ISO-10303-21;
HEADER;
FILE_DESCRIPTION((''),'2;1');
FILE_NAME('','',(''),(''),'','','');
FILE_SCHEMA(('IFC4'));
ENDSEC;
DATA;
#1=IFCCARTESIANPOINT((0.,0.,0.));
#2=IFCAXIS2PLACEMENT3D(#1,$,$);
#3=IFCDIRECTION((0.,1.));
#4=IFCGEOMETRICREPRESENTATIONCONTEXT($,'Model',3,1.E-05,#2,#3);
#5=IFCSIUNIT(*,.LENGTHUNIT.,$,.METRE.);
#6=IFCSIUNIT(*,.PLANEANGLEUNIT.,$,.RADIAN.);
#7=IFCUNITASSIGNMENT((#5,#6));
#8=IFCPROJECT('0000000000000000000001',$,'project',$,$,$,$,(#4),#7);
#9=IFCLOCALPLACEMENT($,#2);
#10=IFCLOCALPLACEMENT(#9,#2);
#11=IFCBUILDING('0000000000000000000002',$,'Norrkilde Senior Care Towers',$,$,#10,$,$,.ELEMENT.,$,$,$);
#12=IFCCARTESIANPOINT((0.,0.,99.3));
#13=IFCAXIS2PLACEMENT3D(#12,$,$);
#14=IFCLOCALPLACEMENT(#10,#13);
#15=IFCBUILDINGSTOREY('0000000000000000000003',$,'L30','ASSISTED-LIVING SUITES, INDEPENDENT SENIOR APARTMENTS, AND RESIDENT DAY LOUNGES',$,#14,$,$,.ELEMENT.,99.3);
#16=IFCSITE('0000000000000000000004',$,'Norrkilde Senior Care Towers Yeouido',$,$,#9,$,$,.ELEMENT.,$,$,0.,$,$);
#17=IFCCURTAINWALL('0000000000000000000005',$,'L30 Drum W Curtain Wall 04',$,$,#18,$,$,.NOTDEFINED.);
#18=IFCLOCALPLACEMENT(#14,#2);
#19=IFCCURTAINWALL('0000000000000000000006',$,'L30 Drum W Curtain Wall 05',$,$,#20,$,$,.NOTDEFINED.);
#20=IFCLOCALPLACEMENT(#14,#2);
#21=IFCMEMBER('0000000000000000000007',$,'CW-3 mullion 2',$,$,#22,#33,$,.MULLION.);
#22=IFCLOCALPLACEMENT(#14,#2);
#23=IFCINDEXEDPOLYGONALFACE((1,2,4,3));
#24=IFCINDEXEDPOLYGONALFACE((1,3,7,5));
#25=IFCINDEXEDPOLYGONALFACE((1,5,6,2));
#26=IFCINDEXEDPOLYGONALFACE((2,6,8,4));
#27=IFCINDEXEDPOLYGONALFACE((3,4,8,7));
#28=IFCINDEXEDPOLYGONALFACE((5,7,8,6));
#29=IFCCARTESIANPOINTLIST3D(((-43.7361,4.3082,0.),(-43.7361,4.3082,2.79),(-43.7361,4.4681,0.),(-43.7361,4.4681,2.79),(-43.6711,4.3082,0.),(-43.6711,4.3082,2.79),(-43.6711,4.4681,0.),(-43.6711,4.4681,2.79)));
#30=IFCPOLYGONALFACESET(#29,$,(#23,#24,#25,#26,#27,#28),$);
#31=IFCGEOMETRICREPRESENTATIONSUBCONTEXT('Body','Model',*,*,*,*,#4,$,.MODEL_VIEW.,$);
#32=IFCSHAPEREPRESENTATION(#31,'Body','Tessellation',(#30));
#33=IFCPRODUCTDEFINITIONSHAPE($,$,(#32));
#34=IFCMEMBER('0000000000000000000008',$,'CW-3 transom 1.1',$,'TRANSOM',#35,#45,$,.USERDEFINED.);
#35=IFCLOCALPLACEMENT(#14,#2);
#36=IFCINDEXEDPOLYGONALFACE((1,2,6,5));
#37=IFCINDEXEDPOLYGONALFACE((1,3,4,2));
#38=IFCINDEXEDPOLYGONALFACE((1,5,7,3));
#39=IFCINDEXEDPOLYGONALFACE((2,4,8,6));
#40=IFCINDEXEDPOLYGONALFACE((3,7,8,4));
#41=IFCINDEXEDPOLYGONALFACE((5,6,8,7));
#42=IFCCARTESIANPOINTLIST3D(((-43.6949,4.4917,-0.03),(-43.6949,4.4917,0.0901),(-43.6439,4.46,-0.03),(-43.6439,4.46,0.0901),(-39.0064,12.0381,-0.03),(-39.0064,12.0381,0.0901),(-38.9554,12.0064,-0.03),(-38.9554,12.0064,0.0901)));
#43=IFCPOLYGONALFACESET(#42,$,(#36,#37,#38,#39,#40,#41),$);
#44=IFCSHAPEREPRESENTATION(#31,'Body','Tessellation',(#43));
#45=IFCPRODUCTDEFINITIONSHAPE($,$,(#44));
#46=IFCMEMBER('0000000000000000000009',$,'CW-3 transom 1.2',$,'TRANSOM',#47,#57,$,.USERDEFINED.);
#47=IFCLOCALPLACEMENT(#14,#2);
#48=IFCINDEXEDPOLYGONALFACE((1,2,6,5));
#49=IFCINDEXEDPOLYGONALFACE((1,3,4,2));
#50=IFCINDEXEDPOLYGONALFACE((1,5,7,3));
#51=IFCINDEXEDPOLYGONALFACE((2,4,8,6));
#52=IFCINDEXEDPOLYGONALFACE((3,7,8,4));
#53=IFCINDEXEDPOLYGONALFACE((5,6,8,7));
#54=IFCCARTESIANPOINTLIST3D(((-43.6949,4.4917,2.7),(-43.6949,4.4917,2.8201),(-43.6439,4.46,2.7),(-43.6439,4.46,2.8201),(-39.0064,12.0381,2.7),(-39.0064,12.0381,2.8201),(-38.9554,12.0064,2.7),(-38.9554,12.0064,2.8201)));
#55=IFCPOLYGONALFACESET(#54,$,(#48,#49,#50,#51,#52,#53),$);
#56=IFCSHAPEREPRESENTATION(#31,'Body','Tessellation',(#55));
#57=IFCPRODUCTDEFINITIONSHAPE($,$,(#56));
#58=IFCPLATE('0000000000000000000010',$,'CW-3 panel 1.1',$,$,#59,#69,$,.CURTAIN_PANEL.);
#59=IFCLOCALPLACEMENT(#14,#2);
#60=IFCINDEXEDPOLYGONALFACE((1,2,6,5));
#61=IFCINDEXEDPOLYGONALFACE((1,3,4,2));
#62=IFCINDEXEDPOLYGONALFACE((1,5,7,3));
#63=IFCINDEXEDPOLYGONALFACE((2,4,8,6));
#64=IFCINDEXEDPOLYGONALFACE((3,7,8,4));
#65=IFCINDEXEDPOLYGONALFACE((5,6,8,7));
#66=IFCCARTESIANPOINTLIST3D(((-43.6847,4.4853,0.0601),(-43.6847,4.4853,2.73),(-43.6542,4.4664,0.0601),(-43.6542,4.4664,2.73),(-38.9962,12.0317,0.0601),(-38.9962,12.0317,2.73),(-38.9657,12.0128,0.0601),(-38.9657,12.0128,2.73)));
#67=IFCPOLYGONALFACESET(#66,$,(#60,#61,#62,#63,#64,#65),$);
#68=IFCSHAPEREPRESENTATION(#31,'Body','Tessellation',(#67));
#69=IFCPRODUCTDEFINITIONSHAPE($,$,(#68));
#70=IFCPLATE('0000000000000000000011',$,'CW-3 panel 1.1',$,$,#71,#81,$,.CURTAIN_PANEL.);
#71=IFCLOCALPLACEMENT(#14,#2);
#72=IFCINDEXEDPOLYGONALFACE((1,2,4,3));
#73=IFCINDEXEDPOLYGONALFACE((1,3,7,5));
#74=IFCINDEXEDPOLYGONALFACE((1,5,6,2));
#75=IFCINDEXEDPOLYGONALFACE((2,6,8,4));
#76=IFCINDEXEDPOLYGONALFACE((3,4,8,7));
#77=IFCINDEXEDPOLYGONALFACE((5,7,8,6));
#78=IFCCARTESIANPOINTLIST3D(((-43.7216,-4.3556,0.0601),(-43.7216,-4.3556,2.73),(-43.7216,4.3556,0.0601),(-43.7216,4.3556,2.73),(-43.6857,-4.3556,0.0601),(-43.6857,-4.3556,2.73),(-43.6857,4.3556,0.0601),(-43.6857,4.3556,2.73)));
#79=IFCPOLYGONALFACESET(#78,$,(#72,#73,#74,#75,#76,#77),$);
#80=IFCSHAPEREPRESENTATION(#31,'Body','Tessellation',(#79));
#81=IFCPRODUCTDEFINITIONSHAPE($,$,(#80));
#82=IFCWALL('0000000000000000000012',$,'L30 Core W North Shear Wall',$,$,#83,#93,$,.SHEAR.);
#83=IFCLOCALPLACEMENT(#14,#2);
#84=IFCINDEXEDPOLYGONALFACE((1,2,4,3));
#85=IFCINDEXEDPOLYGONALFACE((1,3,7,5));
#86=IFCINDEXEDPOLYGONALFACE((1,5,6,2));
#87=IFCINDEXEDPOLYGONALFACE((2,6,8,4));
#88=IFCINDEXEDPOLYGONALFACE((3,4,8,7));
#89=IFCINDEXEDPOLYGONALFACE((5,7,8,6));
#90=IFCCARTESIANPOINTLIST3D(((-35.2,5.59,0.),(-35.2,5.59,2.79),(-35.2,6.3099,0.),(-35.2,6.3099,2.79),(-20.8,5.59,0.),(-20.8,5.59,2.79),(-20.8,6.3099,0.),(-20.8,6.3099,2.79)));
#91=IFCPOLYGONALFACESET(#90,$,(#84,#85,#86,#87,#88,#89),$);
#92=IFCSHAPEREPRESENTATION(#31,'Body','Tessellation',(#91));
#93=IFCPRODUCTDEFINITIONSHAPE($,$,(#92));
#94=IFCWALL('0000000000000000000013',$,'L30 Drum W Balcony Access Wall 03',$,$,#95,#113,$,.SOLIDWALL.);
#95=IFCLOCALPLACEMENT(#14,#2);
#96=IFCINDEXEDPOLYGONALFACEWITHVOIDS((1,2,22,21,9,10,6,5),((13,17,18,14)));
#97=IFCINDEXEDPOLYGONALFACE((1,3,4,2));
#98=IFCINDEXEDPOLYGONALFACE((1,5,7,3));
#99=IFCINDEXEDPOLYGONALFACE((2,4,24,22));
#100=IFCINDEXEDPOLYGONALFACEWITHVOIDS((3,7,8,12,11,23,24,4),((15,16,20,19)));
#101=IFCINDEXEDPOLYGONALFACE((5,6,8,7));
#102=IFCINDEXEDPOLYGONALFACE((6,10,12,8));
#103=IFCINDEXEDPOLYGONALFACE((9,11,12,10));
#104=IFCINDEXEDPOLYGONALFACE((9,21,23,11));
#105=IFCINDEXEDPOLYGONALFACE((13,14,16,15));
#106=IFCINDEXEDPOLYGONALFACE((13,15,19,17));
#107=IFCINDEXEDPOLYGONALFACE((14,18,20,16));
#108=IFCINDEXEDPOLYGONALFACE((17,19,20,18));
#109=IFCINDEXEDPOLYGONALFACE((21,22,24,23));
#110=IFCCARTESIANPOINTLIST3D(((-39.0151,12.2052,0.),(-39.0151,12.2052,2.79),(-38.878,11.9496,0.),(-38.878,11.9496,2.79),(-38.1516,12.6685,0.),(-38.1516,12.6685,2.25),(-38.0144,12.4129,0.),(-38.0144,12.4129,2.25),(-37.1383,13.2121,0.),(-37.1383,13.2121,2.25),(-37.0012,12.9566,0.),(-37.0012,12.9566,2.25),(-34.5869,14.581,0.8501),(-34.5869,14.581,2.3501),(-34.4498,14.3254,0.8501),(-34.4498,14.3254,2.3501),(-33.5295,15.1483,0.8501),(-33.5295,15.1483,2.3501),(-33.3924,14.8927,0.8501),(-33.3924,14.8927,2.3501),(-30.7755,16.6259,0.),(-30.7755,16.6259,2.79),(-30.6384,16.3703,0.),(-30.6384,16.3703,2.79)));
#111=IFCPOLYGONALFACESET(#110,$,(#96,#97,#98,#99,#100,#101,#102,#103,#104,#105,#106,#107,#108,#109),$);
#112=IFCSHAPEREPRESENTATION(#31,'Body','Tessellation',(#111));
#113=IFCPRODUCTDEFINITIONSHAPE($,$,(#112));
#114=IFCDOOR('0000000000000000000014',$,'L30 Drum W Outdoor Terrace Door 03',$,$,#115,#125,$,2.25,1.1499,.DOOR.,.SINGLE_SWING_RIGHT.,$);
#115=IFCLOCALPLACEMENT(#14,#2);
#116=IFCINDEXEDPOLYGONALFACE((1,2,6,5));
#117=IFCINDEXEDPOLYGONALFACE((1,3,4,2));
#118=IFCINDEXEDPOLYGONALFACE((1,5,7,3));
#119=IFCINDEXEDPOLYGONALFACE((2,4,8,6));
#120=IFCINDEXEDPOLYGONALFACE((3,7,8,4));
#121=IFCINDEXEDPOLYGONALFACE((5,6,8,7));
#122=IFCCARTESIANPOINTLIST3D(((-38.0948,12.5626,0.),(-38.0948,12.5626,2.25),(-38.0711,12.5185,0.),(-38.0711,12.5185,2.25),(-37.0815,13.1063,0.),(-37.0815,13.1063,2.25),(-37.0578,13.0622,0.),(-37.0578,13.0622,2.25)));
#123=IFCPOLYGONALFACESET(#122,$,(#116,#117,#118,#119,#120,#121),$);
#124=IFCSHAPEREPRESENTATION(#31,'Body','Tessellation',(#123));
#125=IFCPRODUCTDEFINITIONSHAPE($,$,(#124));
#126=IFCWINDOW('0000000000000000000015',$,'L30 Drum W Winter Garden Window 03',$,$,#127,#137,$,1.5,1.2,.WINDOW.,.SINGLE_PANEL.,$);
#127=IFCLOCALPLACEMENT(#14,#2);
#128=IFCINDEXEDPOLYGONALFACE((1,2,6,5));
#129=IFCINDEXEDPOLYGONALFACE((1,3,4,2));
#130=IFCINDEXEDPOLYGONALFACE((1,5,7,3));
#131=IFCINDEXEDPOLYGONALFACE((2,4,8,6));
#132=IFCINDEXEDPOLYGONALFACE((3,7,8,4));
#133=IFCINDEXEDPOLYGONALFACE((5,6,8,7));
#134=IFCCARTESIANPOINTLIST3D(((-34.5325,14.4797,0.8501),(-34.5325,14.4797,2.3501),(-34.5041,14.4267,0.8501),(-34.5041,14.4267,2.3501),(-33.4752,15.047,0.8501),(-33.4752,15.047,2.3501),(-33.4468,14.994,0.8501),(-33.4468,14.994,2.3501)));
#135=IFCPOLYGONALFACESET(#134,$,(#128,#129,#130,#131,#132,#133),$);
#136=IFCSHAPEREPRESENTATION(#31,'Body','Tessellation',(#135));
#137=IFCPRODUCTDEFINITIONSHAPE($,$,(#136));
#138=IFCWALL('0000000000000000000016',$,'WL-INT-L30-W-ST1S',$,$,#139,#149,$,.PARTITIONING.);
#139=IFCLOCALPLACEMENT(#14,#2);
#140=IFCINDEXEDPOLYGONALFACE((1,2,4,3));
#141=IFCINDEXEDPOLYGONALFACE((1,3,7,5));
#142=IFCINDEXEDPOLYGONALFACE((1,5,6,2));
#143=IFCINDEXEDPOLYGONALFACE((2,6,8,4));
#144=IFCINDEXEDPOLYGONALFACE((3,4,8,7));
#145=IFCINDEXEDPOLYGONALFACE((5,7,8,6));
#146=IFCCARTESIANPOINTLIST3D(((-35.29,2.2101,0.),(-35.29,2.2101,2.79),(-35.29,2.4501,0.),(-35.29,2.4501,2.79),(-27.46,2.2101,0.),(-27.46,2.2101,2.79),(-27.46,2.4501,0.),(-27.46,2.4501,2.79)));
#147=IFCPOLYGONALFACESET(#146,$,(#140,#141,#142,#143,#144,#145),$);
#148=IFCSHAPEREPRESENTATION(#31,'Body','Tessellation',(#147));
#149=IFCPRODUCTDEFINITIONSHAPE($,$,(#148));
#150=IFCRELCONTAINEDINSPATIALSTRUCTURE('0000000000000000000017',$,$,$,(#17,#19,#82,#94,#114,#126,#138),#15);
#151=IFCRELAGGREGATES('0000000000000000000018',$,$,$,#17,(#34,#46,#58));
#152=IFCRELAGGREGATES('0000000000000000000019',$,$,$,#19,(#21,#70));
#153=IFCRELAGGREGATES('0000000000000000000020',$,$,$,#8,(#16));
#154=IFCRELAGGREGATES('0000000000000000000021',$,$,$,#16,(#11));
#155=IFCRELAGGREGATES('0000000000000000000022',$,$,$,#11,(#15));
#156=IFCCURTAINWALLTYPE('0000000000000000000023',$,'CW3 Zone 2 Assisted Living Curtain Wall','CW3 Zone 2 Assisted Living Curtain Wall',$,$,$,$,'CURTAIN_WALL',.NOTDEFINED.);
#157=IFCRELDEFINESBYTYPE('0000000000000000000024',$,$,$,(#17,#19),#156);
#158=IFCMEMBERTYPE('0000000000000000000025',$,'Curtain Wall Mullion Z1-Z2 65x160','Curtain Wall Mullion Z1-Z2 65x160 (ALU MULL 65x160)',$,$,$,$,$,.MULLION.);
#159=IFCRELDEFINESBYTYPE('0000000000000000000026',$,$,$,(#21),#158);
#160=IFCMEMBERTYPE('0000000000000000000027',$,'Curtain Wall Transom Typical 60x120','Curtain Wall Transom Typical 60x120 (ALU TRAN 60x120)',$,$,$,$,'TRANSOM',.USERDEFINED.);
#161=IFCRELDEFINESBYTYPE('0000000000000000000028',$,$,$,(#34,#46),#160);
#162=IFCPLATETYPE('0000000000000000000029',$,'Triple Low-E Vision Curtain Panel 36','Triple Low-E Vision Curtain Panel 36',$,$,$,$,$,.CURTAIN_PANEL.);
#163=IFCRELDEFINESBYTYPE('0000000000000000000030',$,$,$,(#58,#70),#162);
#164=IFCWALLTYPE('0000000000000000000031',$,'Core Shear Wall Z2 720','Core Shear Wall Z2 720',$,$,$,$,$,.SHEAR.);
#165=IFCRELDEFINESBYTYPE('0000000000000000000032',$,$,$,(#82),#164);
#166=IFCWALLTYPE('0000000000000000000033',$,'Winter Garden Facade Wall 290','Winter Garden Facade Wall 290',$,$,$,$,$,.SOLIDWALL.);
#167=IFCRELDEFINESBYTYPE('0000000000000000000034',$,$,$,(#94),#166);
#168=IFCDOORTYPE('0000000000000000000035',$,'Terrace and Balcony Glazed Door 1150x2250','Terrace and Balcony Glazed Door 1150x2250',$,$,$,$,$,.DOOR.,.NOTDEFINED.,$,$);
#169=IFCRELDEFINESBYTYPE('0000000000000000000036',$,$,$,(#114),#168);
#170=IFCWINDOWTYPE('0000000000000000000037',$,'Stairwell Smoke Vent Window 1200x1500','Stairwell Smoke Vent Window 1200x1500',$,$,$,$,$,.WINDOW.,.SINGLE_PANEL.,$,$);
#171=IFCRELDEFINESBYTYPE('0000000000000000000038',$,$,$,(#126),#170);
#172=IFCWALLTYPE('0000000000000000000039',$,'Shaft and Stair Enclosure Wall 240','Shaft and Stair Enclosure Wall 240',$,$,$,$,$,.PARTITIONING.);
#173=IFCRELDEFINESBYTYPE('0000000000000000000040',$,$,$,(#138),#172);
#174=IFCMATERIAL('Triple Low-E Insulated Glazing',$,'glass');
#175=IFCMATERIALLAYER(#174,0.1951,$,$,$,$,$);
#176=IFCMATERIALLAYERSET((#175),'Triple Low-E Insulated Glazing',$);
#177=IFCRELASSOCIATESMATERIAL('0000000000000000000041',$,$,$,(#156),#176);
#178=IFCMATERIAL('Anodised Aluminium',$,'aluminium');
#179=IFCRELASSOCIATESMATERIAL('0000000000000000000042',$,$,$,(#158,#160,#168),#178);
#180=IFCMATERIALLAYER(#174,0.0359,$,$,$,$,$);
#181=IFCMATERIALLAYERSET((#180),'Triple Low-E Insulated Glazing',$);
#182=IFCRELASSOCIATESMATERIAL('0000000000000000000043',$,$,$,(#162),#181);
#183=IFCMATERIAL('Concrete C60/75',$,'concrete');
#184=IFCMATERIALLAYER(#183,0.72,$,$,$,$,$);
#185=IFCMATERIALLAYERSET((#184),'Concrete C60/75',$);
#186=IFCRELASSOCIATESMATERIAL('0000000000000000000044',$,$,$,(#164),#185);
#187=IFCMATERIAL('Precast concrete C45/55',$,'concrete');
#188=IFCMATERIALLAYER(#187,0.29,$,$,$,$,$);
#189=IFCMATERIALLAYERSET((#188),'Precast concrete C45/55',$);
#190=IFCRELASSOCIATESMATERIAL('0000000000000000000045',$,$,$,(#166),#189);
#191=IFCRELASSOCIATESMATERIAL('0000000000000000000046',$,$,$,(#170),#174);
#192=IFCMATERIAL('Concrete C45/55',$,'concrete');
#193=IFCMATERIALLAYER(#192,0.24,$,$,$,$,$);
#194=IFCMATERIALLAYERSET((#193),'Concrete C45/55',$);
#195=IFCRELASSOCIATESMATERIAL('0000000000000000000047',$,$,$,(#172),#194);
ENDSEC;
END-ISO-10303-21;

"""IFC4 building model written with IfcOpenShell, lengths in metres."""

from ifc_helpers import new_model, si_unit, direction, frame, frame_2d, origin, origin_2d, place, context, subcontext, project, spatial, rectangle, extrude, source, transform, mapped, material, layer, layer_set, material_profile, profile_set, type_object, type_shapes, element, fill, aggregate, save


model = new_model("IFC4")

# Units and contexts
model_context = context("Model", 3, precision=1e-05, world=origin(), true_north=direction((0.0, 1.0)))
body_context = subcontext(model_context, "Body", "Model", "MODEL_VIEW")
ifc_project = project(units=[si_unit("LENGTHUNIT", "METRE"), si_unit("PLANEANGLEUNIT", "RADIAN")], contexts=[model_context])

# Site, building, storey
site_placement = place(None, origin())
site = spatial("IfcSite", under=ifc_project, at=site_placement, Name="Norrkilde Senior Care Towers Yeouido", CompositionType="ELEMENT", RefElevation=0.0)
building_placement = place(site_placement, origin())
building = spatial("IfcBuilding", under=site, at=building_placement, Name="Norrkilde Senior Care Towers", CompositionType="ELEMENT")
storey_placement = place(building_placement, frame((0.0, 0.0, 99.3)))
storey = spatial("IfcBuildingStorey", under=building, at=storey_placement, Name="L30", Description="ASSISTED-LIVING SUITES, INDEPENDENT SENIOR APARTMENTS, AND RESIDENT DAY LOUNGES", CompositionType="ELEMENT", Elevation=99.3)

# Shared definitions
ifc_material_1 = material(Name="Concrete C60/75", Category="concrete")

# Curtain wall
ifc_material_2 = material(Name="Triple Low-E Insulated Glazing", Category="glass")
ifc_layer_1 = layer(ifc_material_2, 0.1951)
ifc_layer_set_1 = layer_set([ifc_layer_1], Name="Triple Low-E Insulated Glazing")
curtain_wall_type = type_object("IfcCurtainWallType", Name="CW3 Zone 2 Assisted Living Curtain Wall", Description="CW3 Zone 2 Assisted Living Curtain Wall", ElementType="CURTAIN_WALL", PredefinedType="NOTDEFINED", material=ifc_layer_set_1)
curtain_wall_1_placement = place(storey_placement, origin())
curtain_wall_1 = element("IfcCurtainWall", 1, at=curtain_wall_1_placement, inside=storey, type_object=curtain_wall_type, Name="L30 Drum W Curtain Wall 04", PredefinedType="NOTDEFINED")
ifc_material_3 = material(Name="Anodised Aluminium", Category="aluminium")
ifc_material_profile_1 = material_profile(ifc_material_3, rectangle(XDim=0.0649, YDim=0.1599, at=origin_2d()), Name="ALU MULL 65x160")
ifc_profile_set_1 = profile_set([ifc_material_profile_1], Name="Anodised Aluminium")
member_type_1 = type_object("IfcMemberType", Name="Curtain Wall Mullion Z1-Z2 65x160", Description="Curtain Wall Mullion Z1-Z2 65x160 (ALU MULL 65x160)", PredefinedType="MULLION", material=ifc_profile_set_1)
shared_shape_1 = source(origin(), body_context, "Body", "SweptSolid", [
    extrude(rectangle(XDim=0.0649, YDim=0.1599, at=origin_2d()), origin(), (0.0, 0.0, 1.0), 2.79),
])
type_shapes(member_type_1, [shared_shape_1])

# Curtain wall, member
curtain_wall_2_placement = place(storey_placement, origin())
curtain_wall_2 = element("IfcCurtainWall", 2, at=curtain_wall_2_placement, inside=storey, type_object=curtain_wall_type, Name="L30 Drum W Curtain Wall 05", PredefinedType="NOTDEFINED")
member_1_placement = place(storey_placement, frame((-43.7036, 4.3882, 0.0), z_axis=(0.0, 0.0, 1.0), x_axis=(-1.0, 0.0, 0.0)))
member_1 = element("IfcMember", 3, at=member_1_placement, type_object=member_type_1, Name="CW-3 mullion 2", PredefinedType="MULLION", context=body_context, shape_type="MappedRepresentation", body=[
    mapped(shared_shape_1, transform((0.0, 0.0, 0.0), x_axis=(1.0, 0.0, 0.0), y_axis=(0.0, 1.0, 0.0), z_axis=(0.0, 0.0, 1.0), scale=1.0)),
])

# Members
ifc_material_profile_2 = material_profile(ifc_material_3, rectangle(XDim=0.0601, YDim=0.1201, at=origin_2d()), Name="ALU TRAN 60x120")
ifc_profile_set_2 = profile_set([ifc_material_profile_2], Name="Anodised Aluminium")
member_type_2 = type_object("IfcMemberType", Name="Curtain Wall Transom Typical 60x120", Description="Curtain Wall Transom Typical 60x120 (ALU TRAN 60x120)", ElementType="TRANSOM", PredefinedType="USERDEFINED", material=ifc_profile_set_2)
shared_shape_2 = source(origin(), body_context, "Body", "SweptSolid", [
    extrude(rectangle(XDim=0.0601, YDim=0.1201, at=origin_2d()), origin(), (0.0, 0.0, 1.0), 8.8843),
])
type_shapes(member_type_2, [shared_shape_2])
member_2_placement = place(storey_placement, frame((-43.6694, 4.4758, 0.03), z_axis=(0.527729, 0.849413, 0.0), x_axis=(-0.849413, 0.527729, 0.0)))
member_2 = element("IfcMember", 4, at=member_2_placement, type_object=member_type_2, Name="CW-3 transom 1.1", ObjectType="TRANSOM", PredefinedType="USERDEFINED", context=body_context, shape_type="MappedRepresentation", body=[
    mapped(shared_shape_2, transform((0.0, 0.0, 0.0), x_axis=(1.0, 0.0, 0.0), y_axis=(0.0, 1.0, 0.0), z_axis=(0.0, 0.0, 1.0), scale=1.0)),
])
member_3_placement = place(storey_placement, frame((-43.6694, 4.4758, 2.76), z_axis=(0.527729, 0.849413, 0.0), x_axis=(-0.849413, 0.527729, 0.0)))
member_3 = element("IfcMember", 5, at=member_3_placement, type_object=member_type_2, Name="CW-3 transom 1.2", ObjectType="TRANSOM", PredefinedType="USERDEFINED", context=body_context, shape_type="MappedRepresentation", body=[
    mapped(shared_shape_2, transform((0.0, 0.0, 0.0), x_axis=(1.0, 0.0, 0.0), y_axis=(0.0, 1.0, 0.0), z_axis=(0.0, 0.0, 1.0), scale=1.0)),
])

# Plates
ifc_layer_2 = layer(ifc_material_2, 0.0359)
ifc_layer_set_2 = layer_set([ifc_layer_2], Name="Triple Low-E Insulated Glazing")
plate_type = type_object("IfcPlateType", Name="Triple Low-E Vision Curtain Panel 36", Description="Triple Low-E Vision Curtain Panel 36", PredefinedType="CURTAIN_PANEL", material=ifc_layer_set_2)
shared_shape_3 = source(origin(), body_context, "Body", "SweptSolid", [
    extrude(rectangle(XDim=8.8843, YDim=0.0359, at=origin_2d()), origin(), (0.0, 0.0, 1.0), 2.6699),
])
plate_1_placement = place(storey_placement, frame((-41.3252, 8.249, 0.0601), z_axis=(0.0, 0.0, 1.0), x_axis=(0.527733, 0.84941, 0.0)))
plate_1 = element("IfcPlate", 6, at=plate_1_placement, type_object=plate_type, Name="CW-3 panel 1.1", PredefinedType="CURTAIN_PANEL", context=body_context, shape_type="MappedRepresentation", body=[
    mapped(shared_shape_3, transform((0.0, 0.0, 0.0), x_axis=(1.0, 0.0, 0.0), y_axis=(0.0, 1.0, 0.0), z_axis=(0.0, 0.0, 1.0), scale=1.0)),
])
aggregate(curtain_wall_1, [member_2, member_3, plate_1])
shared_shape_4 = source(origin(), body_context, "Body", "SweptSolid", [
    extrude(rectangle(XDim=8.7112, YDim=0.0359, at=origin_2d()), origin(), (0.0, 0.0, 1.0), 2.6699),
])
type_shapes(plate_type, [shared_shape_3, shared_shape_4])
plate_2_placement = place(storey_placement, frame((-43.7036, 0.0, 0.0601), z_axis=(0.0, 0.0, 1.0), x_axis=(0.0, 1.0, 0.0)))
plate_2 = element("IfcPlate", 7, at=plate_2_placement, type_object=plate_type, Name="CW-3 panel 1.1", PredefinedType="CURTAIN_PANEL", context=body_context, shape_type="MappedRepresentation", body=[
    mapped(shared_shape_4, transform((0.0, 0.0, 0.0), x_axis=(1.0, 0.0, 0.0), y_axis=(0.0, 1.0, 0.0), z_axis=(0.0, 0.0, 1.0), scale=1.0)),
])
aggregate(curtain_wall_2, [member_1, plate_2])

# Wall
ifc_layer_3 = layer(ifc_material_1, 0.72)
ifc_layer_set_3 = layer_set([ifc_layer_3], Name="Concrete C60/75")
wall_type_1 = type_object("IfcWallType", Name="Core Shear Wall Z2 720", Description="Core Shear Wall Z2 720", PredefinedType="SHEAR", material=ifc_layer_set_3)
shared_shape_5 = source(origin(), body_context, "Body", "SweptSolid", [
    extrude(rectangle(XDim=14.3999, YDim=0.72, at=frame_2d((7.2, 0.0))), origin(), (0.0, 0.0, 1.0), 2.79),
])
type_shapes(wall_type_1, [shared_shape_5])
wall_1_placement = place(storey_placement, frame((-35.2, 5.95, 0.0), z_axis=(0.0, 0.0, 1.0), x_axis=(1.0, 0.0, 0.0)))
element("IfcWall", 8, at=wall_1_placement, inside=storey, type_object=wall_type_1, Name="L30 Core W North Shear Wall", PredefinedType="SHEAR", context=body_context, shape_type="MappedRepresentation", body=[
    mapped(shared_shape_5, transform((0.0, 0.0, 0.0), x_axis=(1.0, 0.0, 0.0), y_axis=(0.0, 1.0, 0.0), z_axis=(0.0, 0.0, 1.0), scale=1.0)),
])

# Wall, openings, door, window
ifc_material_4 = material(Name="Precast concrete C45/55", Category="concrete")
ifc_layer_4 = layer(ifc_material_4, 0.29)
ifc_layer_set_4 = layer_set([ifc_layer_4], Name="Precast concrete C45/55")
wall_type_2 = type_object("IfcWallType", Name="Winter Garden Facade Wall 290", Description="Winter Garden Facade Wall 290", PredefinedType="SOLIDWALL", material=ifc_layer_set_4)
shared_shape_6 = source(origin(), body_context, "Body", "SweptSolid", [
    extrude(rectangle(XDim=9.3506, YDim=0.29, at=frame_2d((4.6753, 0.0))), origin(), (0.0, 0.0, 1.0), 2.79),
])
type_shapes(wall_type_2, [shared_shape_6])
wall_2_placement = place(storey_placement, frame((-38.9465, 12.0774, 0.0), z_axis=(0.0, 0.0, 1.0), x_axis=(0.881184, 0.472773, 0.0)))
wall_2 = element("IfcWall", 9, at=wall_2_placement, inside=storey, type_object=wall_type_2, Name="L30 Drum W Balcony Access Wall 03", PredefinedType="SOLIDWALL", context=body_context, shape_type="MappedRepresentation", body=[
    mapped(shared_shape_6, transform((0.0, 0.0, 0.0), x_axis=(1.0, 0.0, 0.0), y_axis=(0.0, 1.0, 0.0), z_axis=(0.0, 0.0, 1.0), scale=1.0)),
])
opening_1_placement = place(wall_2_placement, frame((0.98, 0.0, 0.0)))
opening_1 = element("IfcOpeningElement", 10, at=opening_1_placement, cuts=wall_2, PredefinedType="OPENING", context=body_context, shape_type="SweptSolid", body=[
    extrude(rectangle(XDim=1.1499, YDim=2.25, at=frame_2d((0.575, 1.125))), frame((0.0, 0.155, 0.0), z_axis=(0.0, -1.0, 0.0), x_axis=(1.0, 0.0, 0.0)), (0.0, 0.0, 1.0), 0.3101),
])
opening_2_placement = place(wall_2_placement, frame((5.0251, 0.0, 0.8501)))
opening_2 = element("IfcOpeningElement", 11, at=opening_2_placement, cuts=wall_2, PredefinedType="OPENING", context=body_context, shape_type="SweptSolid", body=[
    extrude(rectangle(XDim=1.2, YDim=1.5, at=frame_2d((0.6001, 0.75))), frame((0.0, 0.155, 0.0), z_axis=(0.0, -1.0, 0.0), x_axis=(1.0, 0.0, 0.0)), (0.0, 0.0, 1.0), 0.3101),
])
door_type_1 = type_object("IfcDoorType", Name="Terrace and Balcony Glazed Door 1150x2250", Description="Terrace and Balcony Glazed Door 1150x2250", OperationType="NOTDEFINED", PredefinedType="DOOR", material=ifc_material_3)
shared_shape_7 = source(origin(), body_context, "Body", "SweptSolid", [
    extrude(rectangle(XDim=1.1499, YDim=2.25, at=frame_2d((0.575, 1.125))), frame((0.0, 0.0249, 0.0), z_axis=(0.0, -1.0, 0.0), x_axis=(1.0, 0.0, 0.0)), (0.0, 0.0, 1.0), 0.05),
])
type_shapes(door_type_1, [shared_shape_7])
door_1_placement = place(opening_1_placement, origin())
door_1 = element("IfcDoor", 12, at=door_1_placement, inside=storey, type_object=door_type_1, Name="L30 Drum W Outdoor Terrace Door 03", OperationType="SINGLE_SWING_RIGHT", OverallHeight=2.25, OverallWidth=1.1499, PredefinedType="DOOR", context=body_context, shape_type="MappedRepresentation", body=[
    mapped(shared_shape_7, transform((0.0, 0.0, 0.0), x_axis=(1.0, 0.0, 0.0), y_axis=(0.0, 1.0, 0.0), z_axis=(0.0, 0.0, 1.0), scale=1.0)),
])
fill(opening_1, door_1)
window_type = type_object("IfcWindowType", Name="Stairwell Smoke Vent Window 1200x1500", Description="Stairwell Smoke Vent Window 1200x1500", PartitioningType="SINGLE_PANEL", PredefinedType="WINDOW", material=ifc_material_2)
shared_shape_8 = source(origin(), body_context, "Body", "SweptSolid", [
    extrude(rectangle(XDim=1.2, YDim=1.5, at=frame_2d((0.6001, 0.75))), frame((0.0, 0.03, 0.0), z_axis=(0.0, -1.0, 0.0), x_axis=(1.0, 0.0, 0.0)), (0.0, 0.0, 1.0), 0.0601),
])
type_shapes(window_type, [shared_shape_8])
window_placement = place(opening_2_placement, origin())
window = element("IfcWindow", 13, at=window_placement, inside=storey, type_object=window_type, Name="L30 Drum W Winter Garden Window 03", OverallHeight=1.5, OverallWidth=1.2, PartitioningType="SINGLE_PANEL", PredefinedType="WINDOW", context=body_context, shape_type="MappedRepresentation", body=[
    mapped(shared_shape_8, transform((0.0, 0.0, 0.0), x_axis=(1.0, 0.0, 0.0), y_axis=(0.0, 1.0, 0.0), z_axis=(0.0, 0.0, 1.0), scale=1.0)),
])
fill(opening_2, window)

# Wall
ifc_material_5 = material(Name="Concrete C45/55", Category="concrete")
ifc_layer_5 = layer(ifc_material_5, 0.24)
ifc_layer_set_5 = layer_set([ifc_layer_5], Name="Concrete C45/55")
wall_type_3 = type_object("IfcWallType", Name="Shaft and Stair Enclosure Wall 240", Description="Shaft and Stair Enclosure Wall 240", PredefinedType="PARTITIONING", material=ifc_layer_set_5)
shared_shape_9 = source(origin(), body_context, "Body", "SweptSolid", [
    extrude(rectangle(XDim=7.8301, YDim=0.24, at=frame_2d((3.915, 0.0))), origin(), (0.0, 0.0, 1.0), 2.79),
])
wall_3_placement = place(storey_placement, frame((-35.29, 2.3301, 0.0), z_axis=(0.0, 0.0, 1.0), x_axis=(1.0, 0.0, 0.0)))
element("IfcWall", 14, at=wall_3_placement, inside=storey, type_object=wall_type_3, Name="WL-INT-L30-W-ST1S", PredefinedType="PARTITIONING", context=body_context, shape_type="MappedRepresentation", body=[
    mapped(shared_shape_9, transform((0.0, 0.0, 0.0), x_axis=(1.0, 0.0, 0.0), y_axis=(0.0, 1.0, 0.0), z_axis=(0.0, 0.0, 1.0), scale=1.0)),
])

save(model, "model.ifc")
